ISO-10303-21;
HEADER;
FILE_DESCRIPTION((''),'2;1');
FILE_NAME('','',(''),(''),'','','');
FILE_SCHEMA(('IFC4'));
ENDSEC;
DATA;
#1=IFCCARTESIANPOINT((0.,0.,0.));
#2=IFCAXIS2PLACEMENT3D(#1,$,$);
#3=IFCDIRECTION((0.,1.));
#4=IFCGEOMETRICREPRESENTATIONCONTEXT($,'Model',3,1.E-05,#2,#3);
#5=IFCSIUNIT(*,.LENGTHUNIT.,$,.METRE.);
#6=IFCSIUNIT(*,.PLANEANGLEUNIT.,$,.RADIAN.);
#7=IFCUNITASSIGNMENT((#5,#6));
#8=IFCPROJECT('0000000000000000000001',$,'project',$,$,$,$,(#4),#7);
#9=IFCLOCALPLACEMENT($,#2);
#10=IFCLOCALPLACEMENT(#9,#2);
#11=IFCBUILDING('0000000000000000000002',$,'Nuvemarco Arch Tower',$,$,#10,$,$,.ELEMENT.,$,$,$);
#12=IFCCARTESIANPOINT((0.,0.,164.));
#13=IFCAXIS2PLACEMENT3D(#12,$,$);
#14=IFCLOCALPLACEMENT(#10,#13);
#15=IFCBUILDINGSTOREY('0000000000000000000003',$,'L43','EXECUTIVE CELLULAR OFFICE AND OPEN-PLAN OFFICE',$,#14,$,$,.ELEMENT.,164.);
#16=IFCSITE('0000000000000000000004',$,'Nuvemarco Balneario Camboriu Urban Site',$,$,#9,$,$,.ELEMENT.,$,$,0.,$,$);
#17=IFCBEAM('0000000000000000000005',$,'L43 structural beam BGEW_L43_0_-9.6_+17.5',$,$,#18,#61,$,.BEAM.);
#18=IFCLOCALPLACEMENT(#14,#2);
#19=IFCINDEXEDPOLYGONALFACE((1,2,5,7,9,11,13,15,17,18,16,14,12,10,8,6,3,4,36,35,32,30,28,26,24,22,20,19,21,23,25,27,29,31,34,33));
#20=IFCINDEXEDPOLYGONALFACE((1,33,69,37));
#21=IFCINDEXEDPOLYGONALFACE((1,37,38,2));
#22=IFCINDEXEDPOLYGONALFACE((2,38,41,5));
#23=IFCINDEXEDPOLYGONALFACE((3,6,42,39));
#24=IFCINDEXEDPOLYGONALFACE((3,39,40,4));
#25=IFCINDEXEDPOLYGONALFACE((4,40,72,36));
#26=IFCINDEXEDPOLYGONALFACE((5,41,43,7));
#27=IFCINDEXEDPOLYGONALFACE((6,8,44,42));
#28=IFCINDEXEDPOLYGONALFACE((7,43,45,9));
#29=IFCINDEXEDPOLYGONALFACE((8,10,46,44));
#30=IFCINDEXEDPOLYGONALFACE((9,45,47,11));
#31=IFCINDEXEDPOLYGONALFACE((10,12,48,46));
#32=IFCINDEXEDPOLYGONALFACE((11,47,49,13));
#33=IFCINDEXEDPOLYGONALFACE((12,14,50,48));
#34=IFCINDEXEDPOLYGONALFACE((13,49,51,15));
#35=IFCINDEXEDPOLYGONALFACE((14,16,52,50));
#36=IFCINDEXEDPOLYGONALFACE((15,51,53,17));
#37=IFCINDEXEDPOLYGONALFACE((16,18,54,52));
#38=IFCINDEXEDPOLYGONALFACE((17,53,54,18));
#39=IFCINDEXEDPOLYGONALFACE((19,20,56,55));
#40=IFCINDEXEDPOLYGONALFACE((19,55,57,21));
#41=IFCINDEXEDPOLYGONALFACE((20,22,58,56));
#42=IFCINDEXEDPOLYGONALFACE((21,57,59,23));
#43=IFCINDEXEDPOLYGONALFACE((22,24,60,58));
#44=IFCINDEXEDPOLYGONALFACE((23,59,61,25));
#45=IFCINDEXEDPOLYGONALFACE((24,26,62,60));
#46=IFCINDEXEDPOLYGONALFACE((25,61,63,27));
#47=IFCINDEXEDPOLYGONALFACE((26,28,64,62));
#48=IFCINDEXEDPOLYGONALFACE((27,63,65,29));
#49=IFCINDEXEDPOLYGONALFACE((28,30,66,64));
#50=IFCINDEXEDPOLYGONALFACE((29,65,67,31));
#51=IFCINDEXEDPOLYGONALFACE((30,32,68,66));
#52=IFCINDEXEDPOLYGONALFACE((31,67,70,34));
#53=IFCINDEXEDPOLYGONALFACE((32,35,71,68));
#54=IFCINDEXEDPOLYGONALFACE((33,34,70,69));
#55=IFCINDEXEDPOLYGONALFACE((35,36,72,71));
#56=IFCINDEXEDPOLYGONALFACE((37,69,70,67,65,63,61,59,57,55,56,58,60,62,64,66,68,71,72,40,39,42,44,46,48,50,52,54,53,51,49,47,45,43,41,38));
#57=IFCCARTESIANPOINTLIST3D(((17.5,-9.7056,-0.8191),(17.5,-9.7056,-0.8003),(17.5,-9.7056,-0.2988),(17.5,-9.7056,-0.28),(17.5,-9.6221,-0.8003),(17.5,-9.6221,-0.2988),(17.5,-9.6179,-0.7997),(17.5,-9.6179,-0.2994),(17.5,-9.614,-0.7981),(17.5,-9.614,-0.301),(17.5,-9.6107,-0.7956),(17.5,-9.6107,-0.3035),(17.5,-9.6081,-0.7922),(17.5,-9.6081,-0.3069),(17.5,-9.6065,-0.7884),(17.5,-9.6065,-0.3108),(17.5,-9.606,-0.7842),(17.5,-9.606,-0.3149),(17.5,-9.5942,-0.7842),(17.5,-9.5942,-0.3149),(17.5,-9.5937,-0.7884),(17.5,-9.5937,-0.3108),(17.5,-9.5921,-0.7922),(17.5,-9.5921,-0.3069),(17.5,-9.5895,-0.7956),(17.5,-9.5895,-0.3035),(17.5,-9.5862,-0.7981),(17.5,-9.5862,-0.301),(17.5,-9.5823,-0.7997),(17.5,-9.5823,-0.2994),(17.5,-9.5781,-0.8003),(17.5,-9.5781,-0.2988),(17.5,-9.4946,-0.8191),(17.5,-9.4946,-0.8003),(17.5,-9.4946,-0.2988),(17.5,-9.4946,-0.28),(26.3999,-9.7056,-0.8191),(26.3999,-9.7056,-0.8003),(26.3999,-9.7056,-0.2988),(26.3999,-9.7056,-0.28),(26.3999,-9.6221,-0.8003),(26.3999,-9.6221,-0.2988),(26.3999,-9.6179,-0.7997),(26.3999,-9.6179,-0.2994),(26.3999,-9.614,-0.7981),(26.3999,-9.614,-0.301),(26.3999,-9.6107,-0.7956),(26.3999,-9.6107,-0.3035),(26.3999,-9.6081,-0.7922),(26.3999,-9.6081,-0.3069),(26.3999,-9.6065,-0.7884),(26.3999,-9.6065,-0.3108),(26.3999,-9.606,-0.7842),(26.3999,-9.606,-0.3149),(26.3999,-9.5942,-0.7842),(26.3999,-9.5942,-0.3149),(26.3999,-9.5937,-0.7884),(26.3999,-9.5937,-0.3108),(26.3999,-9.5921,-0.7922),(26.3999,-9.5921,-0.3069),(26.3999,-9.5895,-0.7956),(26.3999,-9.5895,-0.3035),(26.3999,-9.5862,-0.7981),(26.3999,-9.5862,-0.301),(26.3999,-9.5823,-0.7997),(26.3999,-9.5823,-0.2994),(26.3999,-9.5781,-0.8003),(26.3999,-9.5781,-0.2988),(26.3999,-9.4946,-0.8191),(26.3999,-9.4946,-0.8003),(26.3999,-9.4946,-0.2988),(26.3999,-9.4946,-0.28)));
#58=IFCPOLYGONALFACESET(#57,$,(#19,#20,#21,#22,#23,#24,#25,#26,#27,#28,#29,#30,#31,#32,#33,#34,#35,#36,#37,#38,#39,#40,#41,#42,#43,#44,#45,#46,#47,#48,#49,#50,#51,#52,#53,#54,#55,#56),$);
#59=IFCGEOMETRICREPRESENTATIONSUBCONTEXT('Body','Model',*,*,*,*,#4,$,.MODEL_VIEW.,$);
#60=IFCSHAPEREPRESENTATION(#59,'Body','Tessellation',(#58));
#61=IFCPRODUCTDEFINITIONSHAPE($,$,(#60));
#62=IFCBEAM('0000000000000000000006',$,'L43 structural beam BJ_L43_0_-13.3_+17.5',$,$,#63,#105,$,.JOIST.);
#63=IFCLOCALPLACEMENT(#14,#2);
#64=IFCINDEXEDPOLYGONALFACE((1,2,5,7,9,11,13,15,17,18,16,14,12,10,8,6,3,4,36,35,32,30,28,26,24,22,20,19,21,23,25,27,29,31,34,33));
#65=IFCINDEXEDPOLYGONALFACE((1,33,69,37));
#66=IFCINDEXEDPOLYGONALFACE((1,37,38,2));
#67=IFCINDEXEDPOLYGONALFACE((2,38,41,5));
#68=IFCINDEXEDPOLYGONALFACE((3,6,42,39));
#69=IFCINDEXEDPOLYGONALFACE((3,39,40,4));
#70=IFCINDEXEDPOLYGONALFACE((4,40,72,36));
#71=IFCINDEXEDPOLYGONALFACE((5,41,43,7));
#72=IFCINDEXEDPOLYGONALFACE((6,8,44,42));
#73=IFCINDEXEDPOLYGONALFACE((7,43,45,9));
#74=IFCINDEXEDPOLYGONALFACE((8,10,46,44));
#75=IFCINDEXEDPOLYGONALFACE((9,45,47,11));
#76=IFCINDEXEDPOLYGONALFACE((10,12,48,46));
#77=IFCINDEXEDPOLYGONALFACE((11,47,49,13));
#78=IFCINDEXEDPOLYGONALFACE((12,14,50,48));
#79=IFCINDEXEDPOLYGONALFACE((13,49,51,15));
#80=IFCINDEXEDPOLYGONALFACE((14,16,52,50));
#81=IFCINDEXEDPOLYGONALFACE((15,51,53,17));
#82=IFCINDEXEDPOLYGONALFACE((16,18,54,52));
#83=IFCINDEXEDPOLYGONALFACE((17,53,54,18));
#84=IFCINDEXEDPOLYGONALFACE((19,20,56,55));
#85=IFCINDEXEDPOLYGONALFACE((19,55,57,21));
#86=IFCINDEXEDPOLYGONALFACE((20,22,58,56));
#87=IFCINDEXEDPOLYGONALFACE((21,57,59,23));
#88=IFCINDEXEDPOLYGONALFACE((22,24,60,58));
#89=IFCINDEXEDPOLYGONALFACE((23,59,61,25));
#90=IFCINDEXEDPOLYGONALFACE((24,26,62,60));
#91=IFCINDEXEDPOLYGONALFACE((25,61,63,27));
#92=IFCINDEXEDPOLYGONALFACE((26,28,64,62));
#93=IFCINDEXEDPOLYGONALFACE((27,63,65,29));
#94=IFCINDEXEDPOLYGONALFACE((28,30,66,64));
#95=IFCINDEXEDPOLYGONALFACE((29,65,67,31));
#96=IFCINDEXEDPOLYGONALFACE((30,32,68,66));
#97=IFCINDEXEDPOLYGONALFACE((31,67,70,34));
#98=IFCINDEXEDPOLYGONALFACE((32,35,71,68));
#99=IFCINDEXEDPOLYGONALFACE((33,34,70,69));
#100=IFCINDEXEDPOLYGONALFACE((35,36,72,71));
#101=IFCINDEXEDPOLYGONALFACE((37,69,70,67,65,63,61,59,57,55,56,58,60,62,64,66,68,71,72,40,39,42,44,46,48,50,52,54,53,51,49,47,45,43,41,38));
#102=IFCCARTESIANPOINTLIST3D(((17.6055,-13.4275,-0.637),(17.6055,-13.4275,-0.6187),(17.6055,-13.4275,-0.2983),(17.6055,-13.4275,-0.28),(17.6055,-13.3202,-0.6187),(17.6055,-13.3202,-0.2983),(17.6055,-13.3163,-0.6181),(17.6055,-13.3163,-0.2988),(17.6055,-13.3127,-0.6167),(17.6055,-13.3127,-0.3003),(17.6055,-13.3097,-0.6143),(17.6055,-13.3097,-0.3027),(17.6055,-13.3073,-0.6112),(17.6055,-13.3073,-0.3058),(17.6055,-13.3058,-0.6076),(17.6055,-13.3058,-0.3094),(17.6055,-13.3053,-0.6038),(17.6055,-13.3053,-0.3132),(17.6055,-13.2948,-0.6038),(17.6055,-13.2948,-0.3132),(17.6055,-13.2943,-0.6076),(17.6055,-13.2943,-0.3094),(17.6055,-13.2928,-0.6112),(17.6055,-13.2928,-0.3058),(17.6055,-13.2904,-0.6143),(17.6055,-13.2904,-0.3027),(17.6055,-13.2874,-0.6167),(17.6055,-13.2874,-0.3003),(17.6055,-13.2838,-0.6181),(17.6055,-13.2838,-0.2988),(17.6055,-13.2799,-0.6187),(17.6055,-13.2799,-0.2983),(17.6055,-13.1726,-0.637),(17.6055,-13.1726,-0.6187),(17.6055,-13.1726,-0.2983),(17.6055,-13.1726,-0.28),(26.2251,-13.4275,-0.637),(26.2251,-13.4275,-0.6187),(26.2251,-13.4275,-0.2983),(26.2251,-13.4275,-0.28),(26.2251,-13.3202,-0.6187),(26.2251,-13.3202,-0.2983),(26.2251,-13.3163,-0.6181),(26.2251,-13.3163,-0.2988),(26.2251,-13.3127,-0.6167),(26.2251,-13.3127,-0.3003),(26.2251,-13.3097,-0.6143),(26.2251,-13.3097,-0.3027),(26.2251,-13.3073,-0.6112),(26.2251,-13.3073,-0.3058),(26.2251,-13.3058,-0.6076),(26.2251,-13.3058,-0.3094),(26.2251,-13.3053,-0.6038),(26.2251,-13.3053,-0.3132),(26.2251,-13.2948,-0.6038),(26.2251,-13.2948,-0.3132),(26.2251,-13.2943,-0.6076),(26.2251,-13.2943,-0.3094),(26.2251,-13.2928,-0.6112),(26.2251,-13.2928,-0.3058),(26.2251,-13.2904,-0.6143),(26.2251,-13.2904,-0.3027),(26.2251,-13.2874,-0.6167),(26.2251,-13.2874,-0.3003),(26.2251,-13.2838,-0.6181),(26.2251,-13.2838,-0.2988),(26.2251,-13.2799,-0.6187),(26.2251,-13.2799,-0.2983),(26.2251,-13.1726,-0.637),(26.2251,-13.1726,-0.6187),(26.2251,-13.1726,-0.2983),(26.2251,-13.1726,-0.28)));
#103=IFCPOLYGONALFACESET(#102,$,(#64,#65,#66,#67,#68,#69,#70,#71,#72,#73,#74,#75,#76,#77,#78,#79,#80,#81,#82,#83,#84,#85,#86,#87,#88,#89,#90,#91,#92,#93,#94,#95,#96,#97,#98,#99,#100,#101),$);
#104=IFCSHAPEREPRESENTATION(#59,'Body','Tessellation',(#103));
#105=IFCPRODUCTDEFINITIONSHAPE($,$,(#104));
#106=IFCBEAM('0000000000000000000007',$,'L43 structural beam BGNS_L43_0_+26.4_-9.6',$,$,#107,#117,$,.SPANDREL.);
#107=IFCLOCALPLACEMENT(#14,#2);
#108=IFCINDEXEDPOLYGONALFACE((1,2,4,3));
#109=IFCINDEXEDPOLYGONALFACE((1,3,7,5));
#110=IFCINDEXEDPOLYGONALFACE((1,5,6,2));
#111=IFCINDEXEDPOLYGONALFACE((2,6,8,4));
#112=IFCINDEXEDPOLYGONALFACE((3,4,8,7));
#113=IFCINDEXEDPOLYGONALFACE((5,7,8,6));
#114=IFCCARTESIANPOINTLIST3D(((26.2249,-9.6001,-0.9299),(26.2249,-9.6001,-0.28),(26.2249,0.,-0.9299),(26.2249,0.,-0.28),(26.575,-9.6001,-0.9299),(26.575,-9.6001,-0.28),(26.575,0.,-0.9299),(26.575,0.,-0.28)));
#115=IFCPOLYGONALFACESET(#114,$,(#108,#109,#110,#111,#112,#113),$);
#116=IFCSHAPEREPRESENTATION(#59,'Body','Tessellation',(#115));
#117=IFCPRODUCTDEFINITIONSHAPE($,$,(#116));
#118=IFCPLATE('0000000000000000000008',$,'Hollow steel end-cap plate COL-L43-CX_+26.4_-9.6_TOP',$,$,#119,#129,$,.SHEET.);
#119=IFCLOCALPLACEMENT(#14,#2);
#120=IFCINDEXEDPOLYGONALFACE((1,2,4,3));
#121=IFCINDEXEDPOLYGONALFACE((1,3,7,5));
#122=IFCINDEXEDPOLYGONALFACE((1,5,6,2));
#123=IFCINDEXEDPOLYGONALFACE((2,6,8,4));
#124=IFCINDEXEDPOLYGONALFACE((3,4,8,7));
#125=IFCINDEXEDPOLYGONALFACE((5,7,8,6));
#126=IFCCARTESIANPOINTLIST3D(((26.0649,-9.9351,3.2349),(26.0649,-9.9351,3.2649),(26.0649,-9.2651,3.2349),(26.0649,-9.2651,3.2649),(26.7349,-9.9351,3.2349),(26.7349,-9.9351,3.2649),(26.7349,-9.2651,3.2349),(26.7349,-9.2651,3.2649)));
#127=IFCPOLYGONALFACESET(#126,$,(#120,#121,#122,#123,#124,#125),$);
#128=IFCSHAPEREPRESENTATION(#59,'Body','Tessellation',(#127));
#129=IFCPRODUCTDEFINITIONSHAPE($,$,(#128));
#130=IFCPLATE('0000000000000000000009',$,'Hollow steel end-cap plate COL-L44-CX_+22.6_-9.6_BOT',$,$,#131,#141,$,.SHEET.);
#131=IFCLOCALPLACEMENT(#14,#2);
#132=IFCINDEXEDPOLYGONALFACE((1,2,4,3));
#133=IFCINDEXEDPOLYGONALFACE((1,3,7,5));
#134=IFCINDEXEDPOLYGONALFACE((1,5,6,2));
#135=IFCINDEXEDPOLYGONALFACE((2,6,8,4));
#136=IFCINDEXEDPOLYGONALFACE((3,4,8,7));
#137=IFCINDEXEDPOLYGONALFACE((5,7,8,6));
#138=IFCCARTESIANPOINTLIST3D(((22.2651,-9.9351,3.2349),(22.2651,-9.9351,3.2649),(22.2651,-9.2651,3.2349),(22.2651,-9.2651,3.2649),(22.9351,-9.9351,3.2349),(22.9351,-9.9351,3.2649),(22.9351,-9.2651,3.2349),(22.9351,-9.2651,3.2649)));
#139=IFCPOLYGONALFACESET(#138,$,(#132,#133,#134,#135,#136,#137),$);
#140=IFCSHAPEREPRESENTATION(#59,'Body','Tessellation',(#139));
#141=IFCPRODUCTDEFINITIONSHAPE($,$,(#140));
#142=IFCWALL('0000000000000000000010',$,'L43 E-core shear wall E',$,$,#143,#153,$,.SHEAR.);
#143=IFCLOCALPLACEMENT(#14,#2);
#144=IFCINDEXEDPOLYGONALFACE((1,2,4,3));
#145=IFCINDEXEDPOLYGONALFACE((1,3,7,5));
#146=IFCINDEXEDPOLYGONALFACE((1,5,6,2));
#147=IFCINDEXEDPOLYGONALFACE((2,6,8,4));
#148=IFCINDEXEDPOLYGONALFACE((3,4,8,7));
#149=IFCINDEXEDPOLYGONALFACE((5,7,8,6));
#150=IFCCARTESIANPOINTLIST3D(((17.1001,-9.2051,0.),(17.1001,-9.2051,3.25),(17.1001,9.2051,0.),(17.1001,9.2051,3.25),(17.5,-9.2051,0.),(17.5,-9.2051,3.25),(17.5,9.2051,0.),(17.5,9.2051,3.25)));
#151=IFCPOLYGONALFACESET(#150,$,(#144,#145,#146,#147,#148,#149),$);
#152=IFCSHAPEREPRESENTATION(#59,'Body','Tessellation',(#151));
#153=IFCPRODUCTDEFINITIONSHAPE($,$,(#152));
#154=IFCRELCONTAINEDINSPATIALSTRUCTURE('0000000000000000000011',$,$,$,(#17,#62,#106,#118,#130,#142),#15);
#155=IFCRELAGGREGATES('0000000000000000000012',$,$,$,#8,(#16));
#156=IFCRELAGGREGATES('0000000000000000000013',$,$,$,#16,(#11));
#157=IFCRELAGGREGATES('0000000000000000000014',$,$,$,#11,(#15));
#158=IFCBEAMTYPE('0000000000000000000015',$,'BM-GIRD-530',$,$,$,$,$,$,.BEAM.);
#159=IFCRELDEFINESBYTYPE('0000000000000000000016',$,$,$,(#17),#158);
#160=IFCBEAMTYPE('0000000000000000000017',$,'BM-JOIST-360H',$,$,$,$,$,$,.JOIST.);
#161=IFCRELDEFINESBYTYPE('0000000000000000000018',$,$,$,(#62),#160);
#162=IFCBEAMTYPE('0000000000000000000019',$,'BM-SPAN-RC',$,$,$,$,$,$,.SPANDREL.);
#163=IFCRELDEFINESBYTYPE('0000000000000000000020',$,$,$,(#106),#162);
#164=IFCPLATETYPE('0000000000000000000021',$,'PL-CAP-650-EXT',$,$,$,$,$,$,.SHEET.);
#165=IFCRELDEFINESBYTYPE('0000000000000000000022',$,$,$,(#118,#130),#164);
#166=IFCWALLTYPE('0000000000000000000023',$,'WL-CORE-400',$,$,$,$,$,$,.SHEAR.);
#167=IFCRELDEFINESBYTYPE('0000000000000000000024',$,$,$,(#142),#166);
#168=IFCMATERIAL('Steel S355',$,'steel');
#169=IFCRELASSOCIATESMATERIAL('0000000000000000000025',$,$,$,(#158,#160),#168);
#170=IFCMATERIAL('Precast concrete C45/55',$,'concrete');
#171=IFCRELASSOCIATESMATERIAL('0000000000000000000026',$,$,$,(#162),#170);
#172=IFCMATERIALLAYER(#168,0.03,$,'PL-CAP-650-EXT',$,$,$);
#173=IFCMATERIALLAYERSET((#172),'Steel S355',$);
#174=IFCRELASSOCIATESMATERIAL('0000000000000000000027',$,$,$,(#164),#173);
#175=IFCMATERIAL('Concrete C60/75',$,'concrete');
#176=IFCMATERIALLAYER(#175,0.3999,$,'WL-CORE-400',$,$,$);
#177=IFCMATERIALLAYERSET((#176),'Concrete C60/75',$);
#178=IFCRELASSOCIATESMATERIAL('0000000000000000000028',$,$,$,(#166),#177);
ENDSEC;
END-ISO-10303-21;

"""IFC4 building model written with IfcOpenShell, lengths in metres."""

from ifc_helpers import new_model, si_unit, direction, frame, frame_2d, origin, origin_2d, place, context, subcontext, project, spatial, rectangle, i_section, extrude, source, transform, mapped, material, layer, layer_set, material_profile, profile_set, type_object, type_shapes, element, save


model = new_model("IFC4")

# Units and contexts
model_context = context("Model", 3, precision=1e-05, world=origin(), true_north=direction((0.0, 1.0)))
body_context = subcontext(model_context, "Body", "Model", "MODEL_VIEW")
ifc_project = project(units=[si_unit("LENGTHUNIT", "METRE"), si_unit("PLANEANGLEUNIT", "RADIAN")], contexts=[model_context])

# Site, building, storey
site_placement = place(None, origin())
site = spatial("IfcSite", under=ifc_project, at=site_placement, Name="Nuvemarco Balneario Camboriu Urban Site", CompositionType="ELEMENT", RefElevation=0.0)
building_placement = place(site_placement, origin())
building = spatial("IfcBuilding", under=site, at=building_placement, Name="Nuvemarco Arch Tower", CompositionType="ELEMENT")
storey_placement = place(building_placement, frame((0.0, 0.0, 164.0)))
storey = spatial("IfcBuildingStorey", under=building, at=storey_placement, Name="L43", Description="EXECUTIVE CELLULAR OFFICE AND OPEN-PLAN OFFICE", CompositionType="ELEMENT", Elevation=164.0)

# Shared definitions
ifc_material_1 = material(Name="Steel S355", Category="steel")

# Beams
ifc_material_profile_1 = material_profile(ifc_material_1, i_section(OverallWidth=0.2109, OverallDepth=0.5391, WebThickness=0.0117, FlangeThickness=0.0188, FilletRadius=0.0161, at=origin_2d()), Name="W530x109")
ifc_profile_set_1 = profile_set([ifc_material_profile_1], Name="Steel S355")
beam_type_1 = type_object("IfcBeamType", Name="BM-GIRD-530", PredefinedType="BEAM", material=ifc_profile_set_1)
beam_1_placement = place(storey_placement, frame((17.5, -9.6001, -0.5496), z_axis=(1.0, 0.0, 0.0), x_axis=(0.0, 1.0, 0.0)))
element("IfcBeam", 1, at=beam_1_placement, inside=storey, type_object=beam_type_1, Name="L43 structural beam BGEW_L43_0_-9.6_+17.5", PredefinedType="BEAM", context=body_context, shape_type="SweptSolid", body=[
    extrude(i_section(OverallWidth=0.2109, OverallDepth=0.5391, WebThickness=0.0117, FlangeThickness=0.0188, FilletRadius=0.0161, at=origin_2d()), origin(), (0.0, 0.0, 1.0), 8.8999),
])
ifc_material_profile_2 = material_profile(ifc_material_1, i_section(OverallWidth=0.2549, OverallDepth=0.3569, WebThickness=0.0105, FlangeThickness=0.0183, FilletRadius=0.0149, at=origin_2d()), Name="W360x101")
ifc_profile_set_2 = profile_set([ifc_material_profile_2], Name="Steel S355")
beam_type_2 = type_object("IfcBeamType", Name="BM-JOIST-360H", PredefinedType="JOIST", material=ifc_profile_set_2)
beam_2_placement = place(storey_placement, frame((17.6055, -13.3, -0.4585), z_axis=(1.0, 0.0, 0.0), x_axis=(0.0, 1.0, 0.0)))
element("IfcBeam", 2, at=beam_2_placement, inside=storey, type_object=beam_type_2, Name="L43 structural beam BJ_L43_0_-13.3_+17.5", PredefinedType="JOIST", context=body_context, shape_type="SweptSolid", body=[
    extrude(i_section(OverallWidth=0.2549, OverallDepth=0.3569, WebThickness=0.0105, FlangeThickness=0.0183, FilletRadius=0.0149, at=origin_2d()), origin(), (0.0, 0.0, 1.0), 8.6196),
])
ifc_material_2 = material(Name="Precast concrete C45/55", Category="concrete")
ifc_material_profile_3 = material_profile(ifc_material_2, rectangle(XDim=0.3501, YDim=0.6499, at=origin_2d()), Name="PC-SP-350x650")
ifc_profile_set_3 = profile_set([ifc_material_profile_3], Name="Precast concrete C45/55")
beam_type_3 = type_object("IfcBeamType", Name="BM-SPAN-RC", PredefinedType="SPANDREL", material=ifc_profile_set_3)
beam_3_placement = place(storey_placement, frame((26.3999, -9.6001, -0.605), z_axis=(0.0, 1.0, 0.0), x_axis=(-1.0, 0.0, 0.0)))
element("IfcBeam", 3, at=beam_3_placement, inside=storey, type_object=beam_type_3, Name="L43 structural beam BGNS_L43_0_+26.4_-9.6", PredefinedType="SPANDREL", context=body_context, shape_type="SweptSolid", body=[
    extrude(rectangle(XDim=0.3501, YDim=0.6499, at=origin_2d()), origin(), (0.0, 0.0, 1.0), 9.6001),
])

# Plates
ifc_layer_1 = layer(ifc_material_1, 0.03, Name="PL-CAP-650-EXT")
ifc_layer_set_1 = layer_set([ifc_layer_1], Name="Steel S355")
plate_type = type_object("IfcPlateType", Name="PL-CAP-650-EXT", PredefinedType="SHEET", material=ifc_layer_set_1)
shared_shape_1 = source(origin(), body_context, "Body", "SweptSolid", [
    extrude(rectangle(XDim=0.6699, YDim=0.6699, at=origin_2d()), origin(), (0.0, 0.0, 1.0), 0.03),
])
type_shapes(plate_type, [shared_shape_1])
for number, where, z_axis, x_axis, name in (
    (4, (26.3999, -9.6001, 3.2349), (0.0, 0.0, 1.0), (1.0, 0.0, 0.0), "Hollow steel end-cap plate COL-L43-CX_+26.4_-9.6_TOP"),
    (5, (22.6001, -9.6001, 3.2349), (0.0, 0.0, 1.0), (1.0, 0.0, 0.0), "Hollow steel end-cap plate COL-L44-CX_+22.6_-9.6_BOT"),
):
    element("IfcPlate", number, at=place(storey_placement, frame(where, z_axis=z_axis, x_axis=x_axis)), inside=storey, type_object=plate_type, Name=name, PredefinedType="SHEET", context=body_context, shape_type="MappedRepresentation", body=[
        mapped(shared_shape_1, transform((0.0, 0.0, 0.0), scale=1.0)),
    ])

# Wall
ifc_material_3 = material(Name="Concrete C60/75", Category="concrete")
ifc_layer_2 = layer(ifc_material_3, 0.3999, Name="WL-CORE-400")
ifc_layer_set_2 = layer_set([ifc_layer_2], Name="Concrete C60/75")
wall_type_1 = type_object("IfcWallType", Name="WL-CORE-400", PredefinedType="SHEAR", material=ifc_layer_set_2)
wall_1_placement = place(storey_placement, frame((17.3, -9.2051, 0.0), z_axis=(0.0, 0.0, 1.0), x_axis=(0.0, 1.0, 0.0)))
element("IfcWall", 6, at=wall_1_placement, inside=storey, type_object=wall_type_1, Name="L43 E-core shear wall E", PredefinedType="SHEAR", context=body_context, shape_type="SweptSolid", body=[
    extrude(rectangle(XDim=18.4102, YDim=0.3999, at=frame_2d((9.2051, 0.0))), origin(), (0.0, 0.0, 1.0), 3.25),
])

save(model, "model.ifc")
